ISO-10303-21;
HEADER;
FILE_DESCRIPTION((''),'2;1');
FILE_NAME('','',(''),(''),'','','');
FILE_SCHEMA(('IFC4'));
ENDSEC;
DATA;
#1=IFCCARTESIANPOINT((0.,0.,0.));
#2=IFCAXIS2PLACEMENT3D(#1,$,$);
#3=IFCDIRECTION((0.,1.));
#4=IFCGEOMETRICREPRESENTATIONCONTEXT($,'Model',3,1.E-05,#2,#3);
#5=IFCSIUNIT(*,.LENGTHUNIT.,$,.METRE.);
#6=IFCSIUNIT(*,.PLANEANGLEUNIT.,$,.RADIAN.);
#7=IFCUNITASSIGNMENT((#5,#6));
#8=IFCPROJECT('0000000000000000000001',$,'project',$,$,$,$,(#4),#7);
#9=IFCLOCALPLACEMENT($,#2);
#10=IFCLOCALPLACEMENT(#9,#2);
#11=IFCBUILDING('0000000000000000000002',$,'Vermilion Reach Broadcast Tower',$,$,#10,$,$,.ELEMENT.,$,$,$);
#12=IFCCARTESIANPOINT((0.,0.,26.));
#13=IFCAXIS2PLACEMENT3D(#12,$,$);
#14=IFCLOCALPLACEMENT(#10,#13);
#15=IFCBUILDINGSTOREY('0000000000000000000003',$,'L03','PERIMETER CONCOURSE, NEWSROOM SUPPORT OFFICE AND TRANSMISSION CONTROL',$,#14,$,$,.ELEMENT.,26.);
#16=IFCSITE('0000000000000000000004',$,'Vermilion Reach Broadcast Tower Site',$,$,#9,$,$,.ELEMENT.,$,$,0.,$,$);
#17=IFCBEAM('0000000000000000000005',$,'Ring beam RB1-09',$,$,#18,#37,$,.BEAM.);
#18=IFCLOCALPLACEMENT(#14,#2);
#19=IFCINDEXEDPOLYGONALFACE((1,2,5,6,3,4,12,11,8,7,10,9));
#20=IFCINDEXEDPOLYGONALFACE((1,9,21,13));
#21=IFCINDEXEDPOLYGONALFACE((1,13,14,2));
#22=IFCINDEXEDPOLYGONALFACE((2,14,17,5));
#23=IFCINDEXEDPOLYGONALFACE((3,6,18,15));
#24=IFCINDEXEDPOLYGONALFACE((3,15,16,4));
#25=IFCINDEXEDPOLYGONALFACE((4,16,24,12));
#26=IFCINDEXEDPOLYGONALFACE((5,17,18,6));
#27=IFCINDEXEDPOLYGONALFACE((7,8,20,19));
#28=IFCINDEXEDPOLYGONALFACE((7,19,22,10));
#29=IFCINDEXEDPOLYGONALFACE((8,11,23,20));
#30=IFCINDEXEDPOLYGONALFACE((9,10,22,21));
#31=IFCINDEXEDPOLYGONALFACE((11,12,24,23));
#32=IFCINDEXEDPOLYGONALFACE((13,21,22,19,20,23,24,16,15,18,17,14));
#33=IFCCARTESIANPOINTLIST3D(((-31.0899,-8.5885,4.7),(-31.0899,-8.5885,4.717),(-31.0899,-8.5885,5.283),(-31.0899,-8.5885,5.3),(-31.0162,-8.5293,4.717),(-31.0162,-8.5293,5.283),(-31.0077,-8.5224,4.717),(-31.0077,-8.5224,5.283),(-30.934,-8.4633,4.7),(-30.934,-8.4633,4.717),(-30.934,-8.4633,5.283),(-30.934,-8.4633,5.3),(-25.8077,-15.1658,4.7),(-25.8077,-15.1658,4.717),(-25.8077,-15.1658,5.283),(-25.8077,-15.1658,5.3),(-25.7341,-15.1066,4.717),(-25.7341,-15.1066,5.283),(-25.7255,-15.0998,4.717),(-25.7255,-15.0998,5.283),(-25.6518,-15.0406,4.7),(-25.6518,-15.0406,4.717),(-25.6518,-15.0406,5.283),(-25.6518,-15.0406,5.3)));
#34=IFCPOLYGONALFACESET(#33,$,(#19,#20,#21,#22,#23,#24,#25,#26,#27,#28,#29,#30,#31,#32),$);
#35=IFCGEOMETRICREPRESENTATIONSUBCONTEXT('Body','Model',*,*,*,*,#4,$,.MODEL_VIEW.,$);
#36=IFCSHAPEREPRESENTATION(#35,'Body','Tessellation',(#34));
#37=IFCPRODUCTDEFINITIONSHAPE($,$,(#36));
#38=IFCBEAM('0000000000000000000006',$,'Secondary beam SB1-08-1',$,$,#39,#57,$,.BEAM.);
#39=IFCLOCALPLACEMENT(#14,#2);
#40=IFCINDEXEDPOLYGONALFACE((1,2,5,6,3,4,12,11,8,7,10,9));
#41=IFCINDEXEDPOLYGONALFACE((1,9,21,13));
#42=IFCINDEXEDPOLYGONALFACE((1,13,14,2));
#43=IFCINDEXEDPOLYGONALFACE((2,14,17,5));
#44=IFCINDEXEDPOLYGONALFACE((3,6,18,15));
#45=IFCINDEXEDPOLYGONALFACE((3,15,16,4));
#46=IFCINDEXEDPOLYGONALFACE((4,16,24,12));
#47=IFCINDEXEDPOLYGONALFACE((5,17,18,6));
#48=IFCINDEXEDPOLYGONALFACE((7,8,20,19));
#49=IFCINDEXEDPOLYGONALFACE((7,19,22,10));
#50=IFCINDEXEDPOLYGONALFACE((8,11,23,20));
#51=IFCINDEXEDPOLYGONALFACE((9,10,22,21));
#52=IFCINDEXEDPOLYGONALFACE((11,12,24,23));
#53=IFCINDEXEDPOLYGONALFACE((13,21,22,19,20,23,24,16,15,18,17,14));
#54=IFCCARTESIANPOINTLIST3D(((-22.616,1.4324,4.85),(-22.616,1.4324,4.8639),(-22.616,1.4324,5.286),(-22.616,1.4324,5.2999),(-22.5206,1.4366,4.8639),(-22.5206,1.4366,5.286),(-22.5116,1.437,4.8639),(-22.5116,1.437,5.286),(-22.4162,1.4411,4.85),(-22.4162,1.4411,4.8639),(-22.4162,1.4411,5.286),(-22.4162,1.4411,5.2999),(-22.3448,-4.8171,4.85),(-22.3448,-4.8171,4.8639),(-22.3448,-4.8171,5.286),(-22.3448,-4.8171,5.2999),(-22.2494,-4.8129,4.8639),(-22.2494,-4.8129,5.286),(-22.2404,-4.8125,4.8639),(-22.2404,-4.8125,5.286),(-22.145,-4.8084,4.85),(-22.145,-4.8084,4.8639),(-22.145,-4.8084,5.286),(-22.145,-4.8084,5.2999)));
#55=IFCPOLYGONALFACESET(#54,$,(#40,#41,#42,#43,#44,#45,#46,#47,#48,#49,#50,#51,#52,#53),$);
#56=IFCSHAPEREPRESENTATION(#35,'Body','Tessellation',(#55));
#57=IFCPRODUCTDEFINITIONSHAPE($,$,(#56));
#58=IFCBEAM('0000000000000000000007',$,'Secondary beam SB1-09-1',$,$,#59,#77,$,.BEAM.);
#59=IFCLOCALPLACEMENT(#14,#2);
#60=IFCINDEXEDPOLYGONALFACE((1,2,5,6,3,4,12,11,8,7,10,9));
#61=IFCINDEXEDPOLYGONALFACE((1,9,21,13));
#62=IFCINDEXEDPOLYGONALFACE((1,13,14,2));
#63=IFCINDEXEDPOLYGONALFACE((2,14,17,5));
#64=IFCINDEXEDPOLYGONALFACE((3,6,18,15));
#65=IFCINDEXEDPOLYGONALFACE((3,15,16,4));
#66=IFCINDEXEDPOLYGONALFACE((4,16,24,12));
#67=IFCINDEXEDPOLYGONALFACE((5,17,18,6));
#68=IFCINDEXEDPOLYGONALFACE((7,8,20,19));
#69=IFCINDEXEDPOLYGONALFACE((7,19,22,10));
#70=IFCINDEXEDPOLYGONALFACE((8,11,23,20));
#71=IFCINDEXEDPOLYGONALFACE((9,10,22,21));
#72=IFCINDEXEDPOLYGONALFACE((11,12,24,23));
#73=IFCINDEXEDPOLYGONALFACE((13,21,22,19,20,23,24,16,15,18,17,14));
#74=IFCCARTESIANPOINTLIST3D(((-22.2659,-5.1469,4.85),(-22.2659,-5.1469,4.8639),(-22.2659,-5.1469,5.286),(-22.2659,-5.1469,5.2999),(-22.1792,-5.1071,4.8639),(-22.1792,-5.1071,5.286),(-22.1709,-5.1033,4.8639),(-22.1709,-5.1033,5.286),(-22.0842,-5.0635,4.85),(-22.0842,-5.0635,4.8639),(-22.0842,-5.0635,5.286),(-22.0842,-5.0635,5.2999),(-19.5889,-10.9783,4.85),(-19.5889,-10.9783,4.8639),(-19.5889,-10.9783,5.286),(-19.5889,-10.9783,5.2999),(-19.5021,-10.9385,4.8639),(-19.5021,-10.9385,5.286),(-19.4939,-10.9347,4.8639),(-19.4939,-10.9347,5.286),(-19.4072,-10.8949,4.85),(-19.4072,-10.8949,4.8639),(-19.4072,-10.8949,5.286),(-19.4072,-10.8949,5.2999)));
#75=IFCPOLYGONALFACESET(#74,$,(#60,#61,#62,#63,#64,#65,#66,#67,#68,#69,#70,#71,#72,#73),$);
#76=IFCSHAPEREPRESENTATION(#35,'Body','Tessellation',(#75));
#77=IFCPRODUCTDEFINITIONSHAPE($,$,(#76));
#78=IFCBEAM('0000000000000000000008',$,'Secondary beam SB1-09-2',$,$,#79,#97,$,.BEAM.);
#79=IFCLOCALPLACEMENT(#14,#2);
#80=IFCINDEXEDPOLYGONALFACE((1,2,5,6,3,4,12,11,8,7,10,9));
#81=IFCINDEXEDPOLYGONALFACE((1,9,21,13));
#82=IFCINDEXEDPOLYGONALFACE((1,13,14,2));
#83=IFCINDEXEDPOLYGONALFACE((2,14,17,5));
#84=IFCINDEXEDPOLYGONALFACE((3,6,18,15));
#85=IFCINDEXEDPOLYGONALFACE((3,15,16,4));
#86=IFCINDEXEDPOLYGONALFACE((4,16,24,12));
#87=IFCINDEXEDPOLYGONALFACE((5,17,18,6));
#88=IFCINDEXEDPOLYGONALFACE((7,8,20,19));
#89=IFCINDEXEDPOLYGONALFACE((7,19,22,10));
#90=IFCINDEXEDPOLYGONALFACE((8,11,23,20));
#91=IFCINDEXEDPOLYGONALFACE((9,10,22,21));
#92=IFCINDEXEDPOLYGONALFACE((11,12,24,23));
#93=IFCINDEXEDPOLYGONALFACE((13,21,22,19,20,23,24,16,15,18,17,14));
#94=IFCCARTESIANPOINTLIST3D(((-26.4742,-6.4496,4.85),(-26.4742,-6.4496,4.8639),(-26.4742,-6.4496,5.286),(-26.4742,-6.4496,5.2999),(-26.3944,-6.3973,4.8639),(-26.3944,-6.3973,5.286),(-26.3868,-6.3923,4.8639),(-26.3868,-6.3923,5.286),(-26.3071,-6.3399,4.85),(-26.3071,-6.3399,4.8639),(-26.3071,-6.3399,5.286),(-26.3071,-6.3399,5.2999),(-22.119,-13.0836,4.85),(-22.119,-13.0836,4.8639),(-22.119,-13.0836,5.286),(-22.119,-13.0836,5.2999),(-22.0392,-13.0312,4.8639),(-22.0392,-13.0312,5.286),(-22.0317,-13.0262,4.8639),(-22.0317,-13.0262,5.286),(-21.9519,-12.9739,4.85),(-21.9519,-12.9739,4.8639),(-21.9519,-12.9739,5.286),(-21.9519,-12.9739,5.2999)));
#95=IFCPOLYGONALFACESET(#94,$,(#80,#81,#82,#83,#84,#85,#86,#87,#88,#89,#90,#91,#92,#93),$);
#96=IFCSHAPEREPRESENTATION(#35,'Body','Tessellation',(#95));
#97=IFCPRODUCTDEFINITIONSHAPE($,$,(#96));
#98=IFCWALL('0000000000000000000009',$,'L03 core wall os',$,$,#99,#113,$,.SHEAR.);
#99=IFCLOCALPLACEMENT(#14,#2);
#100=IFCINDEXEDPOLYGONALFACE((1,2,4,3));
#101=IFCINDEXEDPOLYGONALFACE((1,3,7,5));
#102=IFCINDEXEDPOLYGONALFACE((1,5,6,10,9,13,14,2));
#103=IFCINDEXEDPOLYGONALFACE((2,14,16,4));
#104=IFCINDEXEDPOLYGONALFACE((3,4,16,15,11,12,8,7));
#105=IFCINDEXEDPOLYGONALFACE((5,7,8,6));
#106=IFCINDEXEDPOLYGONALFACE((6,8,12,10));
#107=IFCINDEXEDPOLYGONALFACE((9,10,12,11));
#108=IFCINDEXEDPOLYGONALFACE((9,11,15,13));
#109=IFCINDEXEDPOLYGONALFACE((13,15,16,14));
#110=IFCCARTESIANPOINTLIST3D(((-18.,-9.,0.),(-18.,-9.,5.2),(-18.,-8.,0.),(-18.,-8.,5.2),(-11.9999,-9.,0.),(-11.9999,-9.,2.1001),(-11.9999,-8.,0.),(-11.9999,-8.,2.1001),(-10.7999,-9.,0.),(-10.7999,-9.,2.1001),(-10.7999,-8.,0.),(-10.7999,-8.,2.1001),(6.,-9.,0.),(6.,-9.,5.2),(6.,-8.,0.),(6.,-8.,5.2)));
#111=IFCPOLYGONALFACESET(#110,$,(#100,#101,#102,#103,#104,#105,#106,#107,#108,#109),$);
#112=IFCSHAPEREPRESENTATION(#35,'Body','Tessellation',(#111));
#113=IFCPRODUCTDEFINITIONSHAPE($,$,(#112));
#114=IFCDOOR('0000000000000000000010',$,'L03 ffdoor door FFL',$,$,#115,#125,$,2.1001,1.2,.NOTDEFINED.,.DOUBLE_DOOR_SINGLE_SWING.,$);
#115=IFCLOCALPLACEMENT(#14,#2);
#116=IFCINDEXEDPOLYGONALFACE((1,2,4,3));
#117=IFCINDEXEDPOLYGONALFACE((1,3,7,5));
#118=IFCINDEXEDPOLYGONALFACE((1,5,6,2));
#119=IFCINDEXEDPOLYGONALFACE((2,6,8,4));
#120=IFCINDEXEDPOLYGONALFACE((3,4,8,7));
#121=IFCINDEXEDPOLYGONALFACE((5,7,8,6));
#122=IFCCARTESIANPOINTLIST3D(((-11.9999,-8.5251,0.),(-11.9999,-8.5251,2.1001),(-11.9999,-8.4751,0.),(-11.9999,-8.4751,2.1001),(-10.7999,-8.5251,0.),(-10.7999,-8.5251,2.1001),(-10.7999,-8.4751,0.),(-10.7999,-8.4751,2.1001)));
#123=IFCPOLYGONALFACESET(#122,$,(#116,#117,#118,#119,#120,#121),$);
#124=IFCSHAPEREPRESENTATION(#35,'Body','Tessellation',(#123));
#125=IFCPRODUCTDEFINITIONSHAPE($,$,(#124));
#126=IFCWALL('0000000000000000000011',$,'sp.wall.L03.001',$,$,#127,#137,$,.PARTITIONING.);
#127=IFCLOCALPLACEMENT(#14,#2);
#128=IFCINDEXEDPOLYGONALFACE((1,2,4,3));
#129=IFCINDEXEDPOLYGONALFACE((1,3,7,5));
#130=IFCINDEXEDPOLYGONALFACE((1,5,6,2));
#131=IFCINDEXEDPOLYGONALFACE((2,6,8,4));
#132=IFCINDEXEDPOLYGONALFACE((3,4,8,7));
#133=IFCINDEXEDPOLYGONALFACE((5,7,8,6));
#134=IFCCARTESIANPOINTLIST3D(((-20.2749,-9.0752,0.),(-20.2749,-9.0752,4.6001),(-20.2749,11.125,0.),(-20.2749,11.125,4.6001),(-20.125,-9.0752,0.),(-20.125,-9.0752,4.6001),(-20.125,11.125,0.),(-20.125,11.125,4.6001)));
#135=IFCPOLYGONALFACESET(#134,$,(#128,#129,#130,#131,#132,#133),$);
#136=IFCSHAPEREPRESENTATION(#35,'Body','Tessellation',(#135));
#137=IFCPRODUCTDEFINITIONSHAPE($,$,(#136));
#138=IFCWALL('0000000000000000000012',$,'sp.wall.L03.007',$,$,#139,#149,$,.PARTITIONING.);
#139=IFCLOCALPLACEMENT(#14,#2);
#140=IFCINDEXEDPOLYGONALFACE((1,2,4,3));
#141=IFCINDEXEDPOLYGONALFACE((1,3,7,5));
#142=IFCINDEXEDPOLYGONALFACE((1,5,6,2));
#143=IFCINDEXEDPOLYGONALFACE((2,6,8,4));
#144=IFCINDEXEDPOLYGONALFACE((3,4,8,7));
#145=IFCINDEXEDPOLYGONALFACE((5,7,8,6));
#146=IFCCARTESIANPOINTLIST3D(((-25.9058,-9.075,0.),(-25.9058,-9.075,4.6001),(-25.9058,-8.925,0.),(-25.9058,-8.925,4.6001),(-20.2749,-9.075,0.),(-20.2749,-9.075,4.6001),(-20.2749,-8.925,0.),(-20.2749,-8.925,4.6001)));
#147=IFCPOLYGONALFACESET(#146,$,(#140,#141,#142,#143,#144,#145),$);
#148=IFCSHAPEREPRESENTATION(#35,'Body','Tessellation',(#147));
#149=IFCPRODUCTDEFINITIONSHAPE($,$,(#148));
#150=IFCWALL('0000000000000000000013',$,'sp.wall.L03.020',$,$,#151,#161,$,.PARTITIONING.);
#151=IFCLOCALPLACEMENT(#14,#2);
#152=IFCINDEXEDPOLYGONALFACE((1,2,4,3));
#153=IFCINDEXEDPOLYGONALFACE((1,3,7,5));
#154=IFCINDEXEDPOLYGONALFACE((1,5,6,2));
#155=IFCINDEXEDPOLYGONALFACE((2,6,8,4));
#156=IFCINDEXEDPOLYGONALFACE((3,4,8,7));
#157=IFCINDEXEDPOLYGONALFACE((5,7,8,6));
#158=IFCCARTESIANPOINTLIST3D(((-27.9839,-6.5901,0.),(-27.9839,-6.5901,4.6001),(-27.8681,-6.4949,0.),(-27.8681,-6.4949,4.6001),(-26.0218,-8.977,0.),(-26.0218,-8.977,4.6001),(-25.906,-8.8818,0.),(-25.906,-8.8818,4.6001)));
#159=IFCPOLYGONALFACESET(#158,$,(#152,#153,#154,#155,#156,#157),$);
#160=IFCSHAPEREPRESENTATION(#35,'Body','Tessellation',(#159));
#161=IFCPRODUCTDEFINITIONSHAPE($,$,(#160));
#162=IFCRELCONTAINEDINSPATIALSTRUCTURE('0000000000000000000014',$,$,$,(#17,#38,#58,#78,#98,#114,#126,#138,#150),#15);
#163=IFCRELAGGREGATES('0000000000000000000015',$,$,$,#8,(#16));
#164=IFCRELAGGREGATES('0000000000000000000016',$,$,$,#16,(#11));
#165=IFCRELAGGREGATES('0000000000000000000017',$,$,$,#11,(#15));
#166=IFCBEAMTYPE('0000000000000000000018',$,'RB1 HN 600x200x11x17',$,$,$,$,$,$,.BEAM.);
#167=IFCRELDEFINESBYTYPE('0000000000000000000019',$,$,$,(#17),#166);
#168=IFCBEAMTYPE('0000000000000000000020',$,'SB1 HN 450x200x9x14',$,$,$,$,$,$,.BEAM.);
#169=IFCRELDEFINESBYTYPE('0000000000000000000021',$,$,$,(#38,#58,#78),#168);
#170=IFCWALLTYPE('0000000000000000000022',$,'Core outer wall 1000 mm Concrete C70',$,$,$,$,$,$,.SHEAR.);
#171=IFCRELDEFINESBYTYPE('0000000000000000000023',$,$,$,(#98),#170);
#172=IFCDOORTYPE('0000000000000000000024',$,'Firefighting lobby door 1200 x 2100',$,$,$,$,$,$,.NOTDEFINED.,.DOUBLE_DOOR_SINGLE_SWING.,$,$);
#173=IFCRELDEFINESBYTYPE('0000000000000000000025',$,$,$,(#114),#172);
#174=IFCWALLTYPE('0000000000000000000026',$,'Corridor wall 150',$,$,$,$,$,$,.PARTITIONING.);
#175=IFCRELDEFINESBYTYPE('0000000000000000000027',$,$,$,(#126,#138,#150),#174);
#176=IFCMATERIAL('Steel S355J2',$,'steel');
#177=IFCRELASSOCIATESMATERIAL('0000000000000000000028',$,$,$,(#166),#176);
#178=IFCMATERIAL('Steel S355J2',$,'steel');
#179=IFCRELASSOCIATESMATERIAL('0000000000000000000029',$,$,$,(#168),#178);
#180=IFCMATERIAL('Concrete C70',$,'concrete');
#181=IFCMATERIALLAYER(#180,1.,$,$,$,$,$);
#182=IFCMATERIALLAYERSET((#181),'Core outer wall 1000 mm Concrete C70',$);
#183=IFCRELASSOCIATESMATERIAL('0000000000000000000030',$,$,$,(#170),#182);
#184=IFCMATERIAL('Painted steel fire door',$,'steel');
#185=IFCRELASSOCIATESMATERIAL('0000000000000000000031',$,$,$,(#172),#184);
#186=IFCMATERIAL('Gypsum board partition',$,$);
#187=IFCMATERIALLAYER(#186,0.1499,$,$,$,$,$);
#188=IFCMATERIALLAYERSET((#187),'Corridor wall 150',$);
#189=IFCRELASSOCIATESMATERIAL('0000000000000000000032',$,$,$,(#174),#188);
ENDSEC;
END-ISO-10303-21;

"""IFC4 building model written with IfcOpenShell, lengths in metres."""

from ifc_helpers import new_model, si_unit, direction, frame, frame_2d, origin, origin_2d, place, context, subcontext, project, spatial, rectangle, i_section, extrude, material, layer, layer_set, material_profile, profile_set, type_object, element, fill, save


model = new_model("IFC4")

# Units and contexts
model_context = context("Model", 3, precision=1e-05, world=origin(), true_north=direction((0.0, 1.0)))
body_context = subcontext(model_context, "Body", "Model", "MODEL_VIEW")
ifc_project = project(units=[si_unit("LENGTHUNIT", "METRE"), si_unit("PLANEANGLEUNIT", "RADIAN")], contexts=[model_context])

# Site, building, storey
site_placement = place(None, origin())
site = spatial("IfcSite", under=ifc_project, at=site_placement, Name="Vermilion Reach Broadcast Tower Site", CompositionType="ELEMENT", RefElevation=0.0)
building_placement = place(site_placement, origin())
building = spatial("IfcBuilding", under=site, at=building_placement, Name="Vermilion Reach Broadcast Tower", CompositionType="ELEMENT")
storey_placement = place(building_placement, frame((0.0, 0.0, 26.0)))
storey = spatial("IfcBuildingStorey", under=building, at=storey_placement, Name="L03", Description="PERIMETER CONCOURSE, NEWSROOM SUPPORT OFFICE AND TRANSMISSION CONTROL", CompositionType="ELEMENT", Elevation=26.0)

# Beams
ifc_material_1 = material(Name="Steel S355J2", Category="steel")
ifc_material_profile_1 = material_profile(ifc_material_1, i_section(OverallWidth=0.2, OverallDepth=0.6001, WebThickness=0.011, FlangeThickness=0.0171, at=origin_2d()), Name="S355J2 HN 600x200x11x17")
ifc_profile_set_1 = profile_set([ifc_material_profile_1], Name="Steel S355J2")
beam_type_1 = type_object("IfcBeamType", Name="RB1 HN 600x200x11x17", PredefinedType="BEAM", material=ifc_profile_set_1)
beam_1_placement = place(storey_placement, frame((-31.012, -8.5259, 5.0), z_axis=(0.626162, -0.779693, 0.0), x_axis=(0.779693, 0.626162, 0.0)))
element("IfcBeam", 1, at=beam_1_placement, inside=storey, type_object=beam_type_1, Name="Ring beam RB1-09", PredefinedType="BEAM", context=body_context, shape_type="SweptSolid", body=[
    extrude(i_section(OverallWidth=0.2, OverallDepth=0.6001, WebThickness=0.011, FlangeThickness=0.0171, at=origin_2d()), origin(), (0.0, 0.0, 1.0), 8.4358),
])
ifc_material_2 = material(Name="Steel S355J2", Category="steel")
ifc_material_profile_2 = material_profile(ifc_material_2, i_section(OverallWidth=0.2, OverallDepth=0.45, WebThickness=0.009, FlangeThickness=0.0139, at=origin_2d()), Name="S355J2 HN 450x200x9x14")
ifc_profile_set_2 = profile_set([ifc_material_profile_2], Name="Steel S355J2")
beam_type_2 = type_object("IfcBeamType", Name="SB1 HN 450x200x9x14", PredefinedType="BEAM", material=ifc_profile_set_2)
beam_2_placement = place(storey_placement, frame((-22.5161, 1.4368, 5.075), z_axis=(0.043361, -0.999059, 0.0), x_axis=(0.999059, 0.043361, 0.0)))
element("IfcBeam", 2, at=beam_2_placement, inside=storey, type_object=beam_type_2, Name="Secondary beam SB1-08-1", PredefinedType="BEAM", context=body_context, shape_type="SweptSolid", body=[
    extrude(i_section(OverallWidth=0.2, OverallDepth=0.45, WebThickness=0.009, FlangeThickness=0.0139, at=origin_2d()), origin(), (0.0, 0.0, 1.0), 6.2554),
])
beam_3_placement = place(storey_placement, frame((-22.175, -5.1052, 5.075), z_axis=(0.417211, -0.908809, 0.0), x_axis=(0.908809, 0.417211, 0.0)))
element("IfcBeam", 3, at=beam_3_placement, inside=storey, type_object=beam_type_2, Name="Secondary beam SB1-09-1", PredefinedType="BEAM", context=body_context, shape_type="SweptSolid", body=[
    extrude(i_section(OverallWidth=0.2, OverallDepth=0.45, WebThickness=0.009, FlangeThickness=0.0139, at=origin_2d()), origin(), (0.0, 0.0, 1.0), 6.4165),
])
beam_4_placement = place(storey_placement, frame((-26.3906, -6.3948, 5.075), z_axis=(0.548801, -0.835953, 0.0), x_axis=(0.835953, 0.548801, 0.0)))
element("IfcBeam", 4, at=beam_4_placement, inside=storey, type_object=beam_type_2, Name="Secondary beam SB1-09-2", PredefinedType="BEAM", context=body_context, shape_type="SweptSolid", body=[
    extrude(i_section(OverallWidth=0.2, OverallDepth=0.45, WebThickness=0.009, FlangeThickness=0.0139, at=origin_2d()), origin(), (0.0, 0.0, 1.0), 7.9358),
])

# Wall, opening, door
ifc_material_3 = material(Name="Concrete C70", Category="concrete")
ifc_layer_1 = layer(ifc_material_3, 1.0)
ifc_layer_set_1 = layer_set([ifc_layer_1], Name="Core outer wall 1000 mm Concrete C70")
wall_type_1 = type_object("IfcWallType", Name="Core outer wall 1000 mm Concrete C70", PredefinedType="SHEAR", material=ifc_layer_set_1)
wall_1_placement = place(storey_placement, frame((-18.0, -8.5, 0.0), z_axis=(0.0, 0.0, 1.0), x_axis=(1.0, 0.0, 0.0)))
wall_1 = element("IfcWall", 5, at=wall_1_placement, inside=storey, type_object=wall_type_1, Name="L03 core wall os", PredefinedType="SHEAR", context=body_context, shape_type="SweptSolid", body=[
    extrude(rectangle(XDim=24.0, YDim=1.0, at=frame_2d((12.0, 0.0))), origin(), (0.0, 0.0, 1.0), 5.2),
])
opening_1_placement = place(wall_1_placement, frame((6.0, 0.0, 0.0)))
opening_1 = element("IfcOpeningElement", 6, at=opening_1_placement, cuts=wall_1, PredefinedType="OPENING", context=body_context, shape_type="SweptSolid", body=[
    extrude(rectangle(XDim=1.2, YDim=2.1001, at=frame_2d((0.6001, 1.05))), frame((0.0, 0.51, 0.0), z_axis=(0.0, -1.0, 0.0), x_axis=(1.0, 0.0, 0.0)), (0.0, 0.0, 1.0), 1.02),
])
ifc_material_4 = material(Name="Painted steel fire door", Category="steel")
door_type_1 = type_object("IfcDoorType", Name="Firefighting lobby door 1200 x 2100", OperationType="DOUBLE_DOOR_SINGLE_SWING", PredefinedType="NOTDEFINED", material=ifc_material_4)
door_1_placement = place(opening_1_placement, origin())
door_1 = element("IfcDoor", 7, at=door_1_placement, inside=storey, type_object=door_type_1, Name="L03 ffdoor door FFL", OperationType="DOUBLE_DOOR_SINGLE_SWING", OverallHeight=2.1001, OverallWidth=1.2, PredefinedType="NOTDEFINED", context=body_context, shape_type="SweptSolid", body=[
    extrude(rectangle(XDim=1.2, YDim=2.1001, at=frame_2d((0.6001, 1.05))), frame((0.0, 0.0249, 0.0), z_axis=(0.0, -1.0, 0.0), x_axis=(1.0, 0.0, 0.0)), (0.0, 0.0, 1.0), 0.05),
])
fill(opening_1, door_1)

# Walls
ifc_material_5 = material(Name="Gypsum board partition")
ifc_layer_2 = layer(ifc_material_5, 0.1499)
ifc_layer_set_2 = layer_set([ifc_layer_2], Name="Corridor wall 150")
wall_type_2 = type_object("IfcWallType", Name="Corridor wall 150", PredefinedType="PARTITIONING", material=ifc_layer_set_2)
wall_2_placement = place(storey_placement, frame((-20.2, -9.0752, 0.0), z_axis=(0.0, 0.0, 1.0), x_axis=(0.0, 1.0, 0.0)))
element("IfcWall", 8, at=wall_2_placement, inside=storey, type_object=wall_type_2, Name="sp.wall.L03.001", PredefinedType="PARTITIONING", context=body_context, shape_type="SweptSolid", body=[
    extrude(rectangle(XDim=20.2002, YDim=0.1499, at=frame_2d((10.1001, 0.0))), origin(), (0.0, 0.0, 1.0), 4.6001),
])
wall_3_placement = place(storey_placement, frame((-25.9058, -9.0, 0.0), z_axis=(0.0, 0.0, 1.0), x_axis=(1.0, 0.0, 0.0)))
element("IfcWall", 9, at=wall_3_placement, inside=storey, type_object=wall_type_2, Name="sp.wall.L03.007", PredefinedType="PARTITIONING", context=body_context, shape_type="SweptSolid", body=[
    extrude(rectangle(XDim=5.6309, YDim=0.1499, at=frame_2d((2.8154, 0.0))), origin(), (0.0, 0.0, 1.0), 4.6001),
])
wall_4_placement = place(storey_placement, frame((-27.926, -6.5425, 0.0), z_axis=(0.0, 0.0, 1.0), x_axis=(0.635017, -0.772498, 0.0)))
element("IfcWall", 10, at=wall_4_placement, inside=storey, type_object=wall_type_2, Name="sp.wall.L03.020", PredefinedType="PARTITIONING", context=body_context, shape_type="SweptSolid", body=[
    extrude(rectangle(XDim=3.0898, YDim=0.1499, at=frame_2d((1.5449, 0.0))), origin(), (0.0, 0.0, 1.0), 4.6001),
])

save(model, "model.ifc")
